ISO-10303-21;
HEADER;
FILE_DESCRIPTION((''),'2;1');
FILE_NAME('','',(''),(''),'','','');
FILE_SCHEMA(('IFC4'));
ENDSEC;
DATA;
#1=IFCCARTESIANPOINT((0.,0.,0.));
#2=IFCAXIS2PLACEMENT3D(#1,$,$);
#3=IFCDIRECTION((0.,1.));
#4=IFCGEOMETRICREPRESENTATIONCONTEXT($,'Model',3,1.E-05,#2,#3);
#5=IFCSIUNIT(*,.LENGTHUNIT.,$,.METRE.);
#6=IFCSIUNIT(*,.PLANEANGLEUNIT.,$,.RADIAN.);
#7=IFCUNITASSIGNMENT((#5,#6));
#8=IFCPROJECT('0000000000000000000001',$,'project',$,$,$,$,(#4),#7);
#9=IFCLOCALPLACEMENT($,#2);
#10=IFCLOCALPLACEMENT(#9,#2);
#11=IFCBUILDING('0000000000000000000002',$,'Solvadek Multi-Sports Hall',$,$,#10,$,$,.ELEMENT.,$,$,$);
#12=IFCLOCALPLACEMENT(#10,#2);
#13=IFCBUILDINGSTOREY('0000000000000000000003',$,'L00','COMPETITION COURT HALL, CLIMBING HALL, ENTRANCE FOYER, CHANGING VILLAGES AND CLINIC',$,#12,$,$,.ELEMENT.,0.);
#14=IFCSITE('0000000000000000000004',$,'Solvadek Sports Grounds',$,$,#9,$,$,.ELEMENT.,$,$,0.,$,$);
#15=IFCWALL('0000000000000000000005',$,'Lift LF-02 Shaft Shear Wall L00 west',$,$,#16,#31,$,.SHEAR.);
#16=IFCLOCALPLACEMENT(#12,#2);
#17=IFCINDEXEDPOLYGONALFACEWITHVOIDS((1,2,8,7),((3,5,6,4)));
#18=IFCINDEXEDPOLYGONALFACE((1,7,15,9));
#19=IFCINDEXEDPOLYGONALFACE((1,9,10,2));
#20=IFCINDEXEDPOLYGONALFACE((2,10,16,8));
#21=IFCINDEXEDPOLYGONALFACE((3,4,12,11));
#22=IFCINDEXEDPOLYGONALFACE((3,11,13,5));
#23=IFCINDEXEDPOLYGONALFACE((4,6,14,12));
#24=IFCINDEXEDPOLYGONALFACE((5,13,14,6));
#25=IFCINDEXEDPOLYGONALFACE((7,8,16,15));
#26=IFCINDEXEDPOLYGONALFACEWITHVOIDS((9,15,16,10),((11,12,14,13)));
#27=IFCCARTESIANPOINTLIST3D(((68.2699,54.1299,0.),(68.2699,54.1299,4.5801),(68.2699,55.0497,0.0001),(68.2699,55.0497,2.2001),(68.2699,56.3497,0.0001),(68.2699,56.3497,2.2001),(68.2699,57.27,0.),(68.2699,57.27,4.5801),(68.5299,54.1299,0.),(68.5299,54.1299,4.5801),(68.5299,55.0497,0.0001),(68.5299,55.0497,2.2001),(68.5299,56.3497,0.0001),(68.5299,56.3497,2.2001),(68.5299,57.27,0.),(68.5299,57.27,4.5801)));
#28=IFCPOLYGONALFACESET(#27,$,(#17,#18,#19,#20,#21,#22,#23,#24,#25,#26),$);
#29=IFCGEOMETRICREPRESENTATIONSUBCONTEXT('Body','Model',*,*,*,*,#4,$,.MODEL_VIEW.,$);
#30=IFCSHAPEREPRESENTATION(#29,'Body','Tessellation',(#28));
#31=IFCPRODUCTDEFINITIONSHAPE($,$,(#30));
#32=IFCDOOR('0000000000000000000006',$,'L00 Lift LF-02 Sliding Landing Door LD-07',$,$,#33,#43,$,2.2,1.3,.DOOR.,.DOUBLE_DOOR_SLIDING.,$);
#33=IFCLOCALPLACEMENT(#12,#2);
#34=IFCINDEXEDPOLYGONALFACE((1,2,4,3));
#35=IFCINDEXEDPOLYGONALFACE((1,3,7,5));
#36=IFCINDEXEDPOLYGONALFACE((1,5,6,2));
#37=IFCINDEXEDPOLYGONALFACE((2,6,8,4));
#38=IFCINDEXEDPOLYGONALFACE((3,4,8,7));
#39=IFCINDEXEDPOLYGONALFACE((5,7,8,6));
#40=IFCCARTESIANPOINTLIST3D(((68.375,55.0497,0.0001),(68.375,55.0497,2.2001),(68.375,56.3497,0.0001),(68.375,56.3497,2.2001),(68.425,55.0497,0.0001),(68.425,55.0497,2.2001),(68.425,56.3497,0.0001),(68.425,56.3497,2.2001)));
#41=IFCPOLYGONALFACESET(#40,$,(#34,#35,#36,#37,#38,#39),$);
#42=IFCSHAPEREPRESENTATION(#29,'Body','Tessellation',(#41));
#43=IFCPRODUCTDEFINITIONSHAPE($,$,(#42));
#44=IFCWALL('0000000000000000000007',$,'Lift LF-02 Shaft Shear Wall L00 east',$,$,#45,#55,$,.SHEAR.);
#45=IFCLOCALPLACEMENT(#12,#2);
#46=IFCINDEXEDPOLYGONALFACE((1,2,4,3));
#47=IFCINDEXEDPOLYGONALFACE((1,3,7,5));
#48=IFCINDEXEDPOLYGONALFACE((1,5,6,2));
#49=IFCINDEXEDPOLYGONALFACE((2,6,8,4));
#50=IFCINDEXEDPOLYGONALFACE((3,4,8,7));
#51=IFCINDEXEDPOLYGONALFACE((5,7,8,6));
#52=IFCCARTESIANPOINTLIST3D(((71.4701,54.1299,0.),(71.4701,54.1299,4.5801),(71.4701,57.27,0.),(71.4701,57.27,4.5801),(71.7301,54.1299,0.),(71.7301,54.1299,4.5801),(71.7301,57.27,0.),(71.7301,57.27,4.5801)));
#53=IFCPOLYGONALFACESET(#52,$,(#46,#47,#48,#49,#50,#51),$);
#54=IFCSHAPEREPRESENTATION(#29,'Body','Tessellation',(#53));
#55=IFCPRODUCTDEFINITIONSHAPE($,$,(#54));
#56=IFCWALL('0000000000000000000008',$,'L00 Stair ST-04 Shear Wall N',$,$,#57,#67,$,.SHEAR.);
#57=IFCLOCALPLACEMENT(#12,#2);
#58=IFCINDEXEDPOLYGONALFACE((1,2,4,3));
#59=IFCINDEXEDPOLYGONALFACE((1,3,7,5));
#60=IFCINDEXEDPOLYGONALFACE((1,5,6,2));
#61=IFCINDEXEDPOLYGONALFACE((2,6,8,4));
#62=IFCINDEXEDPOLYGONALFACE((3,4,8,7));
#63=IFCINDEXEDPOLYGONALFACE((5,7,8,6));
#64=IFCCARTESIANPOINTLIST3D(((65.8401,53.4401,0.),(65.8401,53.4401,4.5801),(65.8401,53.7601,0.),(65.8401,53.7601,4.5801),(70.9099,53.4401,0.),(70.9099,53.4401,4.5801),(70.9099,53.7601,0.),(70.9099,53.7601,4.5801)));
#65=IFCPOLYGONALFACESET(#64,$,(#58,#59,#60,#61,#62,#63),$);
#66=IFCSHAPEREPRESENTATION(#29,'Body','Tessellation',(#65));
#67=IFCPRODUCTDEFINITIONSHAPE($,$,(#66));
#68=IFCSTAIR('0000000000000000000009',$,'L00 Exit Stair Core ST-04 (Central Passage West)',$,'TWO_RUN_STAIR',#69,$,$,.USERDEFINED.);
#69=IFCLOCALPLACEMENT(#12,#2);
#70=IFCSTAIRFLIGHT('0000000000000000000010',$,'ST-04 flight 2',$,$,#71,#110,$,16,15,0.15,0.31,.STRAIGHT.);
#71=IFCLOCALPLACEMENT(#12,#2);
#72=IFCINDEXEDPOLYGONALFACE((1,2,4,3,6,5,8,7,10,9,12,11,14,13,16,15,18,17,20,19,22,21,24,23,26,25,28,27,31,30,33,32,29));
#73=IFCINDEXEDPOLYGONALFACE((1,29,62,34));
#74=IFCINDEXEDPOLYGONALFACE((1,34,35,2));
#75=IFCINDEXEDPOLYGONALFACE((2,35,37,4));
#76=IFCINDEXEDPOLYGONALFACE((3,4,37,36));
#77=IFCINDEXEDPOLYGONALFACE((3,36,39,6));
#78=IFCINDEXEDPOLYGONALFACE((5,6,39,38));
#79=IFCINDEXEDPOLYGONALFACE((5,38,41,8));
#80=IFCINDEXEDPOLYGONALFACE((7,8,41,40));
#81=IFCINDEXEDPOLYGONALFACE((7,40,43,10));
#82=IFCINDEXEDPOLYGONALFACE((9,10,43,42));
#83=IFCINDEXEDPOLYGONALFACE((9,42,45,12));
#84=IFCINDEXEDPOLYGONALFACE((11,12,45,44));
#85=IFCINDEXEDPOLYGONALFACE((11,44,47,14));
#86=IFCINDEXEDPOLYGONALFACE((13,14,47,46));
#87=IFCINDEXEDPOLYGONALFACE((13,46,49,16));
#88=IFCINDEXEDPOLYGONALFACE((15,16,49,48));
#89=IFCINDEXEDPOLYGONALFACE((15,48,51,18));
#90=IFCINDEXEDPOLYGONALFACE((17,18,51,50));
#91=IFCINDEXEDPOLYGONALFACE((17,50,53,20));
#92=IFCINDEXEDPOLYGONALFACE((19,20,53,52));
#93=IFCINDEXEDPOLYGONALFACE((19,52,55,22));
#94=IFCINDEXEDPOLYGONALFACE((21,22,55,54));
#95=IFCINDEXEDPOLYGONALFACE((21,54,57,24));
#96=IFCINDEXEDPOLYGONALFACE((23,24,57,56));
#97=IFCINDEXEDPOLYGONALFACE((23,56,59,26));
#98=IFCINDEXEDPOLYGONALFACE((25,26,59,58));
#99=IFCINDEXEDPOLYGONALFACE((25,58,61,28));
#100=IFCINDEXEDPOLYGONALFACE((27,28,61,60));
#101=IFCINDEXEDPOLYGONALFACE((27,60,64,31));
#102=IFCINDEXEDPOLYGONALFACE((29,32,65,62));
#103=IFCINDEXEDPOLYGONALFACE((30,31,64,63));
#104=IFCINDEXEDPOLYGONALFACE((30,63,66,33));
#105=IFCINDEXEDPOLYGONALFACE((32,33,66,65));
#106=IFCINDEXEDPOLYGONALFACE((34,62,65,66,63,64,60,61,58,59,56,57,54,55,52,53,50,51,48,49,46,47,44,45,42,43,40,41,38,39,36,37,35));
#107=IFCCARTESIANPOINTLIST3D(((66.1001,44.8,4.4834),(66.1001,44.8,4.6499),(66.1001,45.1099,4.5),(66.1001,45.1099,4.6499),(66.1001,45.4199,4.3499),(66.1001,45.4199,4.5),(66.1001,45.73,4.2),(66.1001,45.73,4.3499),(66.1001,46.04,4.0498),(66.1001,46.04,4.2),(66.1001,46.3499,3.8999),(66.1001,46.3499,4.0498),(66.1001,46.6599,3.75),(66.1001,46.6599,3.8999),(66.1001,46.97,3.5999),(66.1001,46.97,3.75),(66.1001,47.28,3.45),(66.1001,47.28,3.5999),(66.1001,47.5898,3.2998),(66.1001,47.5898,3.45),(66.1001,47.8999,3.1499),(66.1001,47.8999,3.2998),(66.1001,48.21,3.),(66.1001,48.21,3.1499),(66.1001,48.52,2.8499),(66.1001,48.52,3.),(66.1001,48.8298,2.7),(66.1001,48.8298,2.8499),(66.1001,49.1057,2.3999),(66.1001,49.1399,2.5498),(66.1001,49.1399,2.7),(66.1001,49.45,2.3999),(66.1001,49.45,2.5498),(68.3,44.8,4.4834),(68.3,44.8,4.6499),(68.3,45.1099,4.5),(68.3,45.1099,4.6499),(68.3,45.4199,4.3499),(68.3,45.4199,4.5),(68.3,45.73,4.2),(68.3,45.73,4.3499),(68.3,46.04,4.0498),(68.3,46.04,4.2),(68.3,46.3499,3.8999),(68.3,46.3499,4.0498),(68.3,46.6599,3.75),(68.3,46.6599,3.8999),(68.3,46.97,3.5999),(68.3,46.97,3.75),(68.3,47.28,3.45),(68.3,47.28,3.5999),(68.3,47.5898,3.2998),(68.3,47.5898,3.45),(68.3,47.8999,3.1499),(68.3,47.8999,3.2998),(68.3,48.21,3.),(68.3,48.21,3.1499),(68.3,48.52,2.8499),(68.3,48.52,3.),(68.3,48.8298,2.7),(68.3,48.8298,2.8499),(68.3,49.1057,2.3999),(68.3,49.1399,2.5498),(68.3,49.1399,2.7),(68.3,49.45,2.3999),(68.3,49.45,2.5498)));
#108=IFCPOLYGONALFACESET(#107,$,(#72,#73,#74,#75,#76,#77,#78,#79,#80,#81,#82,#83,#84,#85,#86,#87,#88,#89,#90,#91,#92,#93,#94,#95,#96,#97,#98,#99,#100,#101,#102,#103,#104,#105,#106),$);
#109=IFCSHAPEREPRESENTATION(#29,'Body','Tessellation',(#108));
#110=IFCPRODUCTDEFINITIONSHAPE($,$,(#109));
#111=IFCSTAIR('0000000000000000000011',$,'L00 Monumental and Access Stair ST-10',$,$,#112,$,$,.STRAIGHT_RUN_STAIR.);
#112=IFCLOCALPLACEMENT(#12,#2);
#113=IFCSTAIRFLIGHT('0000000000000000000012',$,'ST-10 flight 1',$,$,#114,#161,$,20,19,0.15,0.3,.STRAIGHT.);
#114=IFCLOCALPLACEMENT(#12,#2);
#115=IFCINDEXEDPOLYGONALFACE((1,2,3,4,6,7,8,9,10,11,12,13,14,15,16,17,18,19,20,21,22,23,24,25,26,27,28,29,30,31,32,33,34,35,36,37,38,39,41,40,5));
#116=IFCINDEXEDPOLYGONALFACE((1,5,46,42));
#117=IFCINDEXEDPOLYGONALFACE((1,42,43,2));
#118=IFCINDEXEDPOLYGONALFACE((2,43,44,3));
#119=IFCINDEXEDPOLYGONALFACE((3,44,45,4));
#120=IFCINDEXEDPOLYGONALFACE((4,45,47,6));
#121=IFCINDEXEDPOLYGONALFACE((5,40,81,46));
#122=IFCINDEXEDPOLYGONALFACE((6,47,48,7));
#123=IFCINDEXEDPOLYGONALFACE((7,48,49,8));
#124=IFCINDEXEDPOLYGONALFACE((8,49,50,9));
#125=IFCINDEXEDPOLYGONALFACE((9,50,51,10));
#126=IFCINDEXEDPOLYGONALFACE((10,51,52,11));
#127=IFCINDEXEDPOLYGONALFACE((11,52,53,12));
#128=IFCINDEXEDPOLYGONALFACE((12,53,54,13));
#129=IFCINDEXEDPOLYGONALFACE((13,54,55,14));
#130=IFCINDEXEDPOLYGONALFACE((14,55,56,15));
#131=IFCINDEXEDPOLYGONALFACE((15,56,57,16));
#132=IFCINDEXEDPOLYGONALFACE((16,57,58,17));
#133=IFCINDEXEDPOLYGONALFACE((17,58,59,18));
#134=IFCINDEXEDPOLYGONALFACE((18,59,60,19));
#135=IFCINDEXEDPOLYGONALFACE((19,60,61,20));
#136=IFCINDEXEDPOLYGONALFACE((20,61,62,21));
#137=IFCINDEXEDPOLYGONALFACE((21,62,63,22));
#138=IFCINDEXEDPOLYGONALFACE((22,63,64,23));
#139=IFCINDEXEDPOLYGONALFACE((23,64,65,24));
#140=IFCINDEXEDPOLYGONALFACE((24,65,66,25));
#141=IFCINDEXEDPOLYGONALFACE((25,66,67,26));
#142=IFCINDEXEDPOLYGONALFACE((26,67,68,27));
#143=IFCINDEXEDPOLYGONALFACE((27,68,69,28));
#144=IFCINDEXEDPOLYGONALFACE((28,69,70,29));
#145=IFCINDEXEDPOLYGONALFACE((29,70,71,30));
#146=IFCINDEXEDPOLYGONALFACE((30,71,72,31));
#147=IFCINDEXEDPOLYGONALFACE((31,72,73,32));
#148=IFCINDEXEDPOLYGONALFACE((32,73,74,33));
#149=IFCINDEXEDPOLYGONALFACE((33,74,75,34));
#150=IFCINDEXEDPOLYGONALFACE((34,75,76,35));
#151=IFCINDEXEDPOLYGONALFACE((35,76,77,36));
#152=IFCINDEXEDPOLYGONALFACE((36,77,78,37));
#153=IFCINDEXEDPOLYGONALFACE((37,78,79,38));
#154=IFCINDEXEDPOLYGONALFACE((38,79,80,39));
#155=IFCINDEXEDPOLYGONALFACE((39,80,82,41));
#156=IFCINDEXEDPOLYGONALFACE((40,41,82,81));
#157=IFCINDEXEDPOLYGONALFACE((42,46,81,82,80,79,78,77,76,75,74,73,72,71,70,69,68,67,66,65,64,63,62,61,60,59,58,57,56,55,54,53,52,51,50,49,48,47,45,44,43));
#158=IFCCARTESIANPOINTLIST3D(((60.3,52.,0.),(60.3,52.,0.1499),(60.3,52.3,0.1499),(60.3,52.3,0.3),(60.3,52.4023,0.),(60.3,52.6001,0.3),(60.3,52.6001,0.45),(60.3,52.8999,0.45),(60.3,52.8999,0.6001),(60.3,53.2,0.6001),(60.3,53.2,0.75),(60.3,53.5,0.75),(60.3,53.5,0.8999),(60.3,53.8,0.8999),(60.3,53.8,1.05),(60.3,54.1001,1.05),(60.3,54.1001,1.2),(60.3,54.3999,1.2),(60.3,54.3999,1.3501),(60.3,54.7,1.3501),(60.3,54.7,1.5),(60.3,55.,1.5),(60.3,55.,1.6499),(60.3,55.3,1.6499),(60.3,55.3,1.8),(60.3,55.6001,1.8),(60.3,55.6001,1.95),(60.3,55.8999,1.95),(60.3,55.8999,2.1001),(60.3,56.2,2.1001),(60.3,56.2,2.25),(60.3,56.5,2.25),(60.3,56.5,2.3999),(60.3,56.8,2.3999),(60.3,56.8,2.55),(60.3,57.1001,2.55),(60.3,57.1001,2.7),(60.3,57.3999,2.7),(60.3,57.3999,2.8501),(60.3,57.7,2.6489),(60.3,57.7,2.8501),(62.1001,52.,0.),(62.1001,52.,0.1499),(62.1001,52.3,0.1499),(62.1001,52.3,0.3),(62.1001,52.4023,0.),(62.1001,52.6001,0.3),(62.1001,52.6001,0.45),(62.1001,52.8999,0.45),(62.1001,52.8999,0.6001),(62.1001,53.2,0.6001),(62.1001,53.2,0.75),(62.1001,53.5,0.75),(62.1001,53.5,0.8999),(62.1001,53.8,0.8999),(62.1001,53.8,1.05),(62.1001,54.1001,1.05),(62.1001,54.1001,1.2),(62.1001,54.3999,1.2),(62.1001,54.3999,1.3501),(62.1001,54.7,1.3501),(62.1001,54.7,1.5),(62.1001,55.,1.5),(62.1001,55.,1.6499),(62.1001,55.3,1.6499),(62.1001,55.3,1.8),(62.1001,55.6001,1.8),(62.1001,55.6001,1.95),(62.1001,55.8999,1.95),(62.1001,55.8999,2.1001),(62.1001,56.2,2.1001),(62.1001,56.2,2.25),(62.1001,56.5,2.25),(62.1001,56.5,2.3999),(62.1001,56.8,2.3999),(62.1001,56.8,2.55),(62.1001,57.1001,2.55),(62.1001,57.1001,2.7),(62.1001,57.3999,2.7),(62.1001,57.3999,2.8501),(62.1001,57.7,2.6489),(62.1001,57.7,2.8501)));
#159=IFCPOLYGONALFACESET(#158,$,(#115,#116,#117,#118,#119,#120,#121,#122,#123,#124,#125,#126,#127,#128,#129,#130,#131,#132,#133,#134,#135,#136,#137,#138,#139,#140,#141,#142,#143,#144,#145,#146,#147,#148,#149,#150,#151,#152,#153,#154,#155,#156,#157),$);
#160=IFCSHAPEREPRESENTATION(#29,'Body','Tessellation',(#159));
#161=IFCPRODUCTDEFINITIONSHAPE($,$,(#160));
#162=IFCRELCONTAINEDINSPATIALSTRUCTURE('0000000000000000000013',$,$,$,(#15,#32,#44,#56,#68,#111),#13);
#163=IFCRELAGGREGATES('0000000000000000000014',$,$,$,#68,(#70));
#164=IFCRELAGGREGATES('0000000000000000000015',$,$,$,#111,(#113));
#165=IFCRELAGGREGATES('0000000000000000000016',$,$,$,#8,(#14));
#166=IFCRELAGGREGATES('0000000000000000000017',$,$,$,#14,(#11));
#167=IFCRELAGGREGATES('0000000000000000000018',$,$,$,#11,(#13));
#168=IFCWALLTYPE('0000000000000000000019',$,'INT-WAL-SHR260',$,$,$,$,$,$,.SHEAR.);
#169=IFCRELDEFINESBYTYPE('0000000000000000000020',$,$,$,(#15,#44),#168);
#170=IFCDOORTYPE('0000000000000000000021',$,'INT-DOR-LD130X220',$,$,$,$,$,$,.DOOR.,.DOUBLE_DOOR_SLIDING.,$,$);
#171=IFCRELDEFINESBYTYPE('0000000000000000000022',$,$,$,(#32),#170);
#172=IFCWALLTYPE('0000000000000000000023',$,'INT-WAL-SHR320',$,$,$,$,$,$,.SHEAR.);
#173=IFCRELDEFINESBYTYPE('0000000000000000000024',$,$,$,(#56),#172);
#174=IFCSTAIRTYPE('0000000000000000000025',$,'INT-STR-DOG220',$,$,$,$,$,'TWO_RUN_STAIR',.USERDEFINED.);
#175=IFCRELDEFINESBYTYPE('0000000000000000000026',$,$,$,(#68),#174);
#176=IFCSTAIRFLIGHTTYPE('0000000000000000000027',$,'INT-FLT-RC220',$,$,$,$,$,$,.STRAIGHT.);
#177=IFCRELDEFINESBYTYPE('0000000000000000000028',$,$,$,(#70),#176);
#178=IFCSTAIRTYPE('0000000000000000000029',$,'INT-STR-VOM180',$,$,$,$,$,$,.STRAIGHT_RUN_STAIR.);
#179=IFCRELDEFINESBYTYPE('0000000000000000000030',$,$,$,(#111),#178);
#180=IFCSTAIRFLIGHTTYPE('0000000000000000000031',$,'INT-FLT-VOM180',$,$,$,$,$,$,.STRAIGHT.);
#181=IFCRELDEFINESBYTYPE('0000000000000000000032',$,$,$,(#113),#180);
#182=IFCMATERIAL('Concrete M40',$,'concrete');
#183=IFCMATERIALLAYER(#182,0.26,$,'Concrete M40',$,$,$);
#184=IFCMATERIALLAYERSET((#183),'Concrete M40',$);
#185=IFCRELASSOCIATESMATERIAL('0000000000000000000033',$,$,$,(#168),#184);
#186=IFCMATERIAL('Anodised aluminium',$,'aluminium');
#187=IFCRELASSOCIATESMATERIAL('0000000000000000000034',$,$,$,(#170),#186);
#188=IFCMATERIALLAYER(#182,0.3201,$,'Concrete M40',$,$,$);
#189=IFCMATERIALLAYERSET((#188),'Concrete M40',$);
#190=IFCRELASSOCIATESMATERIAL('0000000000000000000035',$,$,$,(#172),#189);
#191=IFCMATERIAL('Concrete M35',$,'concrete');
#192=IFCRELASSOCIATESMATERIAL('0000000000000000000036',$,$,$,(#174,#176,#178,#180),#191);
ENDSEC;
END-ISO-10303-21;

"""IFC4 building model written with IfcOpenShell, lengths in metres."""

from ifc_helpers import new_model, si_unit, direction, frame, frame_2d, origin, place, context, subcontext, project, spatial, polyline, rectangle, outline, extrude, material, layer, layer_set, type_object, element, fill, aggregate, save


model = new_model("IFC4")

# Units and contexts
model_context = context("Model", 3, precision=1e-05, world=origin(), true_north=direction((0.0, 1.0)))
body_context = subcontext(model_context, "Body", "Model", "MODEL_VIEW")
ifc_project = project(units=[si_unit("LENGTHUNIT", "METRE"), si_unit("PLANEANGLEUNIT", "RADIAN")], contexts=[model_context])

# Site, building, storey
site_placement = place(None, origin())
site = spatial("IfcSite", under=ifc_project, at=site_placement, Name="Solvadek Sports Grounds", CompositionType="ELEMENT", RefElevation=0.0)
building_placement = place(site_placement, origin())
building = spatial("IfcBuilding", under=site, at=building_placement, Name="Solvadek Multi-Sports Hall", CompositionType="ELEMENT")
storey_placement = place(building_placement, origin())
storey = spatial("IfcBuildingStorey", under=building, at=storey_placement, Name="L00", Description="COMPETITION COURT HALL, CLIMBING HALL, ENTRANCE FOYER, CHANGING VILLAGES AND CLINIC", CompositionType="ELEMENT", Elevation=0.0)

# Shared definitions
ifc_material_1 = material(Name="Concrete M40", Category="concrete")
ifc_layer_1 = layer(ifc_material_1, 0.26, Name="Concrete M40")
ifc_layer_set_1 = layer_set([ifc_layer_1], Name="Concrete M40")
wall_type_1 = type_object("IfcWallType", Name="INT-WAL-SHR260", PredefinedType="SHEAR", material=ifc_layer_set_1)

# Wall, opening, door
wall_1_placement = place(storey_placement, frame((68.3999, 54.1299, 0.0), z_axis=(0.0, 0.0, 1.0), x_axis=(0.0, 1.0, 0.0)))
wall_1 = element("IfcWall", 1, at=wall_1_placement, inside=storey, type_object=wall_type_1, Name="Lift LF-02 Shaft Shear Wall L00 west", PredefinedType="SHEAR", context=body_context, shape_type="SweptSolid", body=[
    extrude(rectangle(XDim=3.1401, YDim=0.26, at=frame_2d((1.5701, 0.0))), origin(), (0.0, 0.0, 1.0), 4.5801),
])
opening_1_placement = place(wall_1_placement, frame((0.9199, 0.0, 0.0)))
opening_1 = element("IfcOpeningElement", 2, at=opening_1_placement, cuts=wall_1, PredefinedType="OPENING", context=body_context, shape_type="SweptSolid", body=[
    extrude(rectangle(XDim=1.3, YDim=2.2, at=frame_2d((0.6499, 1.1001))), frame((0.0, 0.1399, 0.0), z_axis=(0.0, -1.0, 0.0), x_axis=(1.0, 0.0, 0.0)), (0.0, 0.0, 1.0), 0.28),
])
ifc_material_2 = material(Name="Anodised aluminium", Category="aluminium")
door_type_1 = type_object("IfcDoorType", Name="INT-DOR-LD130X220", OperationType="DOUBLE_DOOR_SLIDING", PredefinedType="DOOR", material=ifc_material_2)
door_1_placement = place(opening_1_placement, origin())
door_1 = element("IfcDoor", 3, at=door_1_placement, inside=storey, type_object=door_type_1, Name="L00 Lift LF-02 Sliding Landing Door LD-07", OperationType="DOUBLE_DOOR_SLIDING", OverallHeight=2.2, OverallWidth=1.3, PredefinedType="DOOR", context=body_context, shape_type="SweptSolid", body=[
    extrude(rectangle(XDim=1.3, YDim=2.2, at=frame_2d((0.6499, 1.1001))), frame((0.0, 0.0249, 0.0), z_axis=(0.0, -1.0, 0.0), x_axis=(1.0, 0.0, 0.0)), (0.0, 0.0, 1.0), 0.05),
])
fill(opening_1, door_1)

# Walls
wall_2_placement = place(storey_placement, frame((71.6001, 54.1299, 0.0), z_axis=(0.0, 0.0, 1.0), x_axis=(0.0, 1.0, 0.0)))
element("IfcWall", 4, at=wall_2_placement, inside=storey, type_object=wall_type_1, Name="Lift LF-02 Shaft Shear Wall L00 east", PredefinedType="SHEAR", context=body_context, shape_type="SweptSolid", body=[
    extrude(rectangle(XDim=3.1401, YDim=0.26, at=frame_2d((1.5701, 0.0))), origin(), (0.0, 0.0, 1.0), 4.5801),
])
ifc_layer_2 = layer(ifc_material_1, 0.3201, Name="Concrete M40")
ifc_layer_set_2 = layer_set([ifc_layer_2], Name="Concrete M40")
wall_type_2 = type_object("IfcWallType", Name="INT-WAL-SHR320", PredefinedType="SHEAR", material=ifc_layer_set_2)
wall_3_placement = place(storey_placement, frame((65.8401, 53.6001, 0.0), z_axis=(0.0, 0.0, 1.0), x_axis=(1.0, 0.0, 0.0)))
element("IfcWall", 5, at=wall_3_placement, inside=storey, type_object=wall_type_2, Name="L00 Stair ST-04 Shear Wall N", PredefinedType="SHEAR", context=body_context, shape_type="SweptSolid", body=[
    extrude(rectangle(XDim=5.0698, YDim=0.3201, at=frame_2d((2.5349, 0.0))), origin(), (0.0, 0.0, 1.0), 4.5801),
])

# Stairs, stair flights
ifc_material_3 = material(Name="Concrete M35", Category="concrete")
stair_type_1 = type_object("IfcStairType", Name="INT-STR-DOG220", ElementType="TWO_RUN_STAIR", PredefinedType="USERDEFINED", material=ifc_material_3)
stair_1_placement = place(storey_placement, origin())
stair_1 = element("IfcStair", 6, at=stair_1_placement, inside=storey, type_object=stair_type_1, Name="L00 Exit Stair Core ST-04 (Central Passage West)", ObjectType="TWO_RUN_STAIR", PredefinedType="USERDEFINED")
stair_flight_type_1 = type_object("IfcStairFlightType", Name="INT-FLT-RC220", PredefinedType="STRAIGHT", material=ifc_material_3)
stair_flight_1_placement = place(storey_placement, frame((67.2, 49.45, 2.3999), z_axis=(0.0, 0.0, 1.0), x_axis=(0.0, -1.0, 0.0)))
stair_flight_1 = element("IfcStairFlight", 7, at=stair_flight_1_placement, type_object=stair_flight_type_1, Name="ST-04 flight 2", NumberOfRisers=16, NumberOfTreads=15, PredefinedType="STRAIGHT", RiserHeight=0.15, TreadLength=0.31, context=body_context, shape_type="SweptSolid", body=[
    extrude(outline(polyline([(0.0, 0.0), (0.0, 0.1499), (0.3101, 0.1499), (0.3101, 0.3), (0.6201, 0.3), (0.6201, 0.45), (0.9299, 0.45), (0.9299, 0.6001), (1.24, 0.6001), (1.24, 0.75), (1.55, 0.75), (1.55, 0.8999), (1.8601, 0.8999), (1.8601, 1.05), (2.1699, 1.05), (2.1699, 1.2), (2.48, 1.2), (2.48, 1.3501), (2.79, 1.3501), (2.79, 1.5), (3.1001, 1.5), (3.1001, 1.6499), (3.4099, 1.6499), (3.4099, 1.8), (3.72, 1.8), (3.72, 1.95), (4.03, 1.95), (4.03, 2.1001), (4.3401, 2.1001), (4.3401, 2.25), (4.6499, 2.25), (4.6499, 2.3999), (4.6499, 2.0835), (0.3442, 0.0), (0.0, 0.0)])), frame((0.0, 1.1001, 0.0), z_axis=(0.0, -1.0, 0.0), x_axis=(1.0, 0.0, 0.0)), (0.0, 0.0, 1.0), 2.2),
])
aggregate(stair_1, [stair_flight_1])
stair_type_2 = type_object("IfcStairType", Name="INT-STR-VOM180", PredefinedType="STRAIGHT_RUN_STAIR", material=ifc_material_3)
stair_2_placement = place(storey_placement, origin())
stair_2 = element("IfcStair", 8, at=stair_2_placement, inside=storey, type_object=stair_type_2, Name="L00 Monumental and Access Stair ST-10", PredefinedType="STRAIGHT_RUN_STAIR")
stair_flight_type_2 = type_object("IfcStairFlightType", Name="INT-FLT-VOM180", PredefinedType="STRAIGHT", material=ifc_material_3)
stair_flight_2_placement = place(storey_placement, frame((61.2, 52.0, 0.0), z_axis=(0.0, 0.0, 1.0), x_axis=(0.0, 1.0, 0.0)))
stair_flight_2 = element("IfcStairFlight", 9, at=stair_flight_2_placement, type_object=stair_flight_type_2, Name="ST-10 flight 1", NumberOfRisers=20, NumberOfTreads=19, PredefinedType="STRAIGHT", RiserHeight=0.15, TreadLength=0.3, context=body_context, shape_type="SweptSolid", body=[
    extrude(outline(polyline([(0.0, 0.0), (0.0, 0.1499), (0.3, 0.1499), (0.3, 0.3), (0.6001, 0.3), (0.6001, 0.45), (0.8999, 0.45), (0.8999, 0.6001), (1.2, 0.6001), (1.2, 0.75), (1.5, 0.75), (1.5, 0.8999), (1.8, 0.8999), (1.8, 1.05), (2.1001, 1.05), (2.1001, 1.2), (2.3999, 1.2), (2.3999, 1.3501), (2.7, 1.3501), (2.7, 1.5), (3.0, 1.5), (3.0, 1.6499), (3.3, 1.6499), (3.3, 1.8), (3.6001, 1.8), (3.6001, 1.95), (3.8999, 1.95), (3.8999, 2.1001), (4.2, 2.1001), (4.2, 2.25), (4.5, 2.25), (4.5, 2.3999), (4.8, 2.3999), (4.8, 2.55), (5.1001, 2.55), (5.1001, 2.7), (5.3999, 2.7), (5.3999, 2.8501), (5.7, 2.8501), (5.7, 3.0), (5.7, 2.6489), (0.4023, 0.0), (0.0, 0.0)])), frame((0.0, 0.8999, 0.0), z_axis=(0.0, -1.0, 0.0), x_axis=(1.0, 0.0, 0.0)), (0.0, 0.0, 1.0), 1.8),
])
aggregate(stair_2, [stair_flight_2])

save(model, "model.ifc")
